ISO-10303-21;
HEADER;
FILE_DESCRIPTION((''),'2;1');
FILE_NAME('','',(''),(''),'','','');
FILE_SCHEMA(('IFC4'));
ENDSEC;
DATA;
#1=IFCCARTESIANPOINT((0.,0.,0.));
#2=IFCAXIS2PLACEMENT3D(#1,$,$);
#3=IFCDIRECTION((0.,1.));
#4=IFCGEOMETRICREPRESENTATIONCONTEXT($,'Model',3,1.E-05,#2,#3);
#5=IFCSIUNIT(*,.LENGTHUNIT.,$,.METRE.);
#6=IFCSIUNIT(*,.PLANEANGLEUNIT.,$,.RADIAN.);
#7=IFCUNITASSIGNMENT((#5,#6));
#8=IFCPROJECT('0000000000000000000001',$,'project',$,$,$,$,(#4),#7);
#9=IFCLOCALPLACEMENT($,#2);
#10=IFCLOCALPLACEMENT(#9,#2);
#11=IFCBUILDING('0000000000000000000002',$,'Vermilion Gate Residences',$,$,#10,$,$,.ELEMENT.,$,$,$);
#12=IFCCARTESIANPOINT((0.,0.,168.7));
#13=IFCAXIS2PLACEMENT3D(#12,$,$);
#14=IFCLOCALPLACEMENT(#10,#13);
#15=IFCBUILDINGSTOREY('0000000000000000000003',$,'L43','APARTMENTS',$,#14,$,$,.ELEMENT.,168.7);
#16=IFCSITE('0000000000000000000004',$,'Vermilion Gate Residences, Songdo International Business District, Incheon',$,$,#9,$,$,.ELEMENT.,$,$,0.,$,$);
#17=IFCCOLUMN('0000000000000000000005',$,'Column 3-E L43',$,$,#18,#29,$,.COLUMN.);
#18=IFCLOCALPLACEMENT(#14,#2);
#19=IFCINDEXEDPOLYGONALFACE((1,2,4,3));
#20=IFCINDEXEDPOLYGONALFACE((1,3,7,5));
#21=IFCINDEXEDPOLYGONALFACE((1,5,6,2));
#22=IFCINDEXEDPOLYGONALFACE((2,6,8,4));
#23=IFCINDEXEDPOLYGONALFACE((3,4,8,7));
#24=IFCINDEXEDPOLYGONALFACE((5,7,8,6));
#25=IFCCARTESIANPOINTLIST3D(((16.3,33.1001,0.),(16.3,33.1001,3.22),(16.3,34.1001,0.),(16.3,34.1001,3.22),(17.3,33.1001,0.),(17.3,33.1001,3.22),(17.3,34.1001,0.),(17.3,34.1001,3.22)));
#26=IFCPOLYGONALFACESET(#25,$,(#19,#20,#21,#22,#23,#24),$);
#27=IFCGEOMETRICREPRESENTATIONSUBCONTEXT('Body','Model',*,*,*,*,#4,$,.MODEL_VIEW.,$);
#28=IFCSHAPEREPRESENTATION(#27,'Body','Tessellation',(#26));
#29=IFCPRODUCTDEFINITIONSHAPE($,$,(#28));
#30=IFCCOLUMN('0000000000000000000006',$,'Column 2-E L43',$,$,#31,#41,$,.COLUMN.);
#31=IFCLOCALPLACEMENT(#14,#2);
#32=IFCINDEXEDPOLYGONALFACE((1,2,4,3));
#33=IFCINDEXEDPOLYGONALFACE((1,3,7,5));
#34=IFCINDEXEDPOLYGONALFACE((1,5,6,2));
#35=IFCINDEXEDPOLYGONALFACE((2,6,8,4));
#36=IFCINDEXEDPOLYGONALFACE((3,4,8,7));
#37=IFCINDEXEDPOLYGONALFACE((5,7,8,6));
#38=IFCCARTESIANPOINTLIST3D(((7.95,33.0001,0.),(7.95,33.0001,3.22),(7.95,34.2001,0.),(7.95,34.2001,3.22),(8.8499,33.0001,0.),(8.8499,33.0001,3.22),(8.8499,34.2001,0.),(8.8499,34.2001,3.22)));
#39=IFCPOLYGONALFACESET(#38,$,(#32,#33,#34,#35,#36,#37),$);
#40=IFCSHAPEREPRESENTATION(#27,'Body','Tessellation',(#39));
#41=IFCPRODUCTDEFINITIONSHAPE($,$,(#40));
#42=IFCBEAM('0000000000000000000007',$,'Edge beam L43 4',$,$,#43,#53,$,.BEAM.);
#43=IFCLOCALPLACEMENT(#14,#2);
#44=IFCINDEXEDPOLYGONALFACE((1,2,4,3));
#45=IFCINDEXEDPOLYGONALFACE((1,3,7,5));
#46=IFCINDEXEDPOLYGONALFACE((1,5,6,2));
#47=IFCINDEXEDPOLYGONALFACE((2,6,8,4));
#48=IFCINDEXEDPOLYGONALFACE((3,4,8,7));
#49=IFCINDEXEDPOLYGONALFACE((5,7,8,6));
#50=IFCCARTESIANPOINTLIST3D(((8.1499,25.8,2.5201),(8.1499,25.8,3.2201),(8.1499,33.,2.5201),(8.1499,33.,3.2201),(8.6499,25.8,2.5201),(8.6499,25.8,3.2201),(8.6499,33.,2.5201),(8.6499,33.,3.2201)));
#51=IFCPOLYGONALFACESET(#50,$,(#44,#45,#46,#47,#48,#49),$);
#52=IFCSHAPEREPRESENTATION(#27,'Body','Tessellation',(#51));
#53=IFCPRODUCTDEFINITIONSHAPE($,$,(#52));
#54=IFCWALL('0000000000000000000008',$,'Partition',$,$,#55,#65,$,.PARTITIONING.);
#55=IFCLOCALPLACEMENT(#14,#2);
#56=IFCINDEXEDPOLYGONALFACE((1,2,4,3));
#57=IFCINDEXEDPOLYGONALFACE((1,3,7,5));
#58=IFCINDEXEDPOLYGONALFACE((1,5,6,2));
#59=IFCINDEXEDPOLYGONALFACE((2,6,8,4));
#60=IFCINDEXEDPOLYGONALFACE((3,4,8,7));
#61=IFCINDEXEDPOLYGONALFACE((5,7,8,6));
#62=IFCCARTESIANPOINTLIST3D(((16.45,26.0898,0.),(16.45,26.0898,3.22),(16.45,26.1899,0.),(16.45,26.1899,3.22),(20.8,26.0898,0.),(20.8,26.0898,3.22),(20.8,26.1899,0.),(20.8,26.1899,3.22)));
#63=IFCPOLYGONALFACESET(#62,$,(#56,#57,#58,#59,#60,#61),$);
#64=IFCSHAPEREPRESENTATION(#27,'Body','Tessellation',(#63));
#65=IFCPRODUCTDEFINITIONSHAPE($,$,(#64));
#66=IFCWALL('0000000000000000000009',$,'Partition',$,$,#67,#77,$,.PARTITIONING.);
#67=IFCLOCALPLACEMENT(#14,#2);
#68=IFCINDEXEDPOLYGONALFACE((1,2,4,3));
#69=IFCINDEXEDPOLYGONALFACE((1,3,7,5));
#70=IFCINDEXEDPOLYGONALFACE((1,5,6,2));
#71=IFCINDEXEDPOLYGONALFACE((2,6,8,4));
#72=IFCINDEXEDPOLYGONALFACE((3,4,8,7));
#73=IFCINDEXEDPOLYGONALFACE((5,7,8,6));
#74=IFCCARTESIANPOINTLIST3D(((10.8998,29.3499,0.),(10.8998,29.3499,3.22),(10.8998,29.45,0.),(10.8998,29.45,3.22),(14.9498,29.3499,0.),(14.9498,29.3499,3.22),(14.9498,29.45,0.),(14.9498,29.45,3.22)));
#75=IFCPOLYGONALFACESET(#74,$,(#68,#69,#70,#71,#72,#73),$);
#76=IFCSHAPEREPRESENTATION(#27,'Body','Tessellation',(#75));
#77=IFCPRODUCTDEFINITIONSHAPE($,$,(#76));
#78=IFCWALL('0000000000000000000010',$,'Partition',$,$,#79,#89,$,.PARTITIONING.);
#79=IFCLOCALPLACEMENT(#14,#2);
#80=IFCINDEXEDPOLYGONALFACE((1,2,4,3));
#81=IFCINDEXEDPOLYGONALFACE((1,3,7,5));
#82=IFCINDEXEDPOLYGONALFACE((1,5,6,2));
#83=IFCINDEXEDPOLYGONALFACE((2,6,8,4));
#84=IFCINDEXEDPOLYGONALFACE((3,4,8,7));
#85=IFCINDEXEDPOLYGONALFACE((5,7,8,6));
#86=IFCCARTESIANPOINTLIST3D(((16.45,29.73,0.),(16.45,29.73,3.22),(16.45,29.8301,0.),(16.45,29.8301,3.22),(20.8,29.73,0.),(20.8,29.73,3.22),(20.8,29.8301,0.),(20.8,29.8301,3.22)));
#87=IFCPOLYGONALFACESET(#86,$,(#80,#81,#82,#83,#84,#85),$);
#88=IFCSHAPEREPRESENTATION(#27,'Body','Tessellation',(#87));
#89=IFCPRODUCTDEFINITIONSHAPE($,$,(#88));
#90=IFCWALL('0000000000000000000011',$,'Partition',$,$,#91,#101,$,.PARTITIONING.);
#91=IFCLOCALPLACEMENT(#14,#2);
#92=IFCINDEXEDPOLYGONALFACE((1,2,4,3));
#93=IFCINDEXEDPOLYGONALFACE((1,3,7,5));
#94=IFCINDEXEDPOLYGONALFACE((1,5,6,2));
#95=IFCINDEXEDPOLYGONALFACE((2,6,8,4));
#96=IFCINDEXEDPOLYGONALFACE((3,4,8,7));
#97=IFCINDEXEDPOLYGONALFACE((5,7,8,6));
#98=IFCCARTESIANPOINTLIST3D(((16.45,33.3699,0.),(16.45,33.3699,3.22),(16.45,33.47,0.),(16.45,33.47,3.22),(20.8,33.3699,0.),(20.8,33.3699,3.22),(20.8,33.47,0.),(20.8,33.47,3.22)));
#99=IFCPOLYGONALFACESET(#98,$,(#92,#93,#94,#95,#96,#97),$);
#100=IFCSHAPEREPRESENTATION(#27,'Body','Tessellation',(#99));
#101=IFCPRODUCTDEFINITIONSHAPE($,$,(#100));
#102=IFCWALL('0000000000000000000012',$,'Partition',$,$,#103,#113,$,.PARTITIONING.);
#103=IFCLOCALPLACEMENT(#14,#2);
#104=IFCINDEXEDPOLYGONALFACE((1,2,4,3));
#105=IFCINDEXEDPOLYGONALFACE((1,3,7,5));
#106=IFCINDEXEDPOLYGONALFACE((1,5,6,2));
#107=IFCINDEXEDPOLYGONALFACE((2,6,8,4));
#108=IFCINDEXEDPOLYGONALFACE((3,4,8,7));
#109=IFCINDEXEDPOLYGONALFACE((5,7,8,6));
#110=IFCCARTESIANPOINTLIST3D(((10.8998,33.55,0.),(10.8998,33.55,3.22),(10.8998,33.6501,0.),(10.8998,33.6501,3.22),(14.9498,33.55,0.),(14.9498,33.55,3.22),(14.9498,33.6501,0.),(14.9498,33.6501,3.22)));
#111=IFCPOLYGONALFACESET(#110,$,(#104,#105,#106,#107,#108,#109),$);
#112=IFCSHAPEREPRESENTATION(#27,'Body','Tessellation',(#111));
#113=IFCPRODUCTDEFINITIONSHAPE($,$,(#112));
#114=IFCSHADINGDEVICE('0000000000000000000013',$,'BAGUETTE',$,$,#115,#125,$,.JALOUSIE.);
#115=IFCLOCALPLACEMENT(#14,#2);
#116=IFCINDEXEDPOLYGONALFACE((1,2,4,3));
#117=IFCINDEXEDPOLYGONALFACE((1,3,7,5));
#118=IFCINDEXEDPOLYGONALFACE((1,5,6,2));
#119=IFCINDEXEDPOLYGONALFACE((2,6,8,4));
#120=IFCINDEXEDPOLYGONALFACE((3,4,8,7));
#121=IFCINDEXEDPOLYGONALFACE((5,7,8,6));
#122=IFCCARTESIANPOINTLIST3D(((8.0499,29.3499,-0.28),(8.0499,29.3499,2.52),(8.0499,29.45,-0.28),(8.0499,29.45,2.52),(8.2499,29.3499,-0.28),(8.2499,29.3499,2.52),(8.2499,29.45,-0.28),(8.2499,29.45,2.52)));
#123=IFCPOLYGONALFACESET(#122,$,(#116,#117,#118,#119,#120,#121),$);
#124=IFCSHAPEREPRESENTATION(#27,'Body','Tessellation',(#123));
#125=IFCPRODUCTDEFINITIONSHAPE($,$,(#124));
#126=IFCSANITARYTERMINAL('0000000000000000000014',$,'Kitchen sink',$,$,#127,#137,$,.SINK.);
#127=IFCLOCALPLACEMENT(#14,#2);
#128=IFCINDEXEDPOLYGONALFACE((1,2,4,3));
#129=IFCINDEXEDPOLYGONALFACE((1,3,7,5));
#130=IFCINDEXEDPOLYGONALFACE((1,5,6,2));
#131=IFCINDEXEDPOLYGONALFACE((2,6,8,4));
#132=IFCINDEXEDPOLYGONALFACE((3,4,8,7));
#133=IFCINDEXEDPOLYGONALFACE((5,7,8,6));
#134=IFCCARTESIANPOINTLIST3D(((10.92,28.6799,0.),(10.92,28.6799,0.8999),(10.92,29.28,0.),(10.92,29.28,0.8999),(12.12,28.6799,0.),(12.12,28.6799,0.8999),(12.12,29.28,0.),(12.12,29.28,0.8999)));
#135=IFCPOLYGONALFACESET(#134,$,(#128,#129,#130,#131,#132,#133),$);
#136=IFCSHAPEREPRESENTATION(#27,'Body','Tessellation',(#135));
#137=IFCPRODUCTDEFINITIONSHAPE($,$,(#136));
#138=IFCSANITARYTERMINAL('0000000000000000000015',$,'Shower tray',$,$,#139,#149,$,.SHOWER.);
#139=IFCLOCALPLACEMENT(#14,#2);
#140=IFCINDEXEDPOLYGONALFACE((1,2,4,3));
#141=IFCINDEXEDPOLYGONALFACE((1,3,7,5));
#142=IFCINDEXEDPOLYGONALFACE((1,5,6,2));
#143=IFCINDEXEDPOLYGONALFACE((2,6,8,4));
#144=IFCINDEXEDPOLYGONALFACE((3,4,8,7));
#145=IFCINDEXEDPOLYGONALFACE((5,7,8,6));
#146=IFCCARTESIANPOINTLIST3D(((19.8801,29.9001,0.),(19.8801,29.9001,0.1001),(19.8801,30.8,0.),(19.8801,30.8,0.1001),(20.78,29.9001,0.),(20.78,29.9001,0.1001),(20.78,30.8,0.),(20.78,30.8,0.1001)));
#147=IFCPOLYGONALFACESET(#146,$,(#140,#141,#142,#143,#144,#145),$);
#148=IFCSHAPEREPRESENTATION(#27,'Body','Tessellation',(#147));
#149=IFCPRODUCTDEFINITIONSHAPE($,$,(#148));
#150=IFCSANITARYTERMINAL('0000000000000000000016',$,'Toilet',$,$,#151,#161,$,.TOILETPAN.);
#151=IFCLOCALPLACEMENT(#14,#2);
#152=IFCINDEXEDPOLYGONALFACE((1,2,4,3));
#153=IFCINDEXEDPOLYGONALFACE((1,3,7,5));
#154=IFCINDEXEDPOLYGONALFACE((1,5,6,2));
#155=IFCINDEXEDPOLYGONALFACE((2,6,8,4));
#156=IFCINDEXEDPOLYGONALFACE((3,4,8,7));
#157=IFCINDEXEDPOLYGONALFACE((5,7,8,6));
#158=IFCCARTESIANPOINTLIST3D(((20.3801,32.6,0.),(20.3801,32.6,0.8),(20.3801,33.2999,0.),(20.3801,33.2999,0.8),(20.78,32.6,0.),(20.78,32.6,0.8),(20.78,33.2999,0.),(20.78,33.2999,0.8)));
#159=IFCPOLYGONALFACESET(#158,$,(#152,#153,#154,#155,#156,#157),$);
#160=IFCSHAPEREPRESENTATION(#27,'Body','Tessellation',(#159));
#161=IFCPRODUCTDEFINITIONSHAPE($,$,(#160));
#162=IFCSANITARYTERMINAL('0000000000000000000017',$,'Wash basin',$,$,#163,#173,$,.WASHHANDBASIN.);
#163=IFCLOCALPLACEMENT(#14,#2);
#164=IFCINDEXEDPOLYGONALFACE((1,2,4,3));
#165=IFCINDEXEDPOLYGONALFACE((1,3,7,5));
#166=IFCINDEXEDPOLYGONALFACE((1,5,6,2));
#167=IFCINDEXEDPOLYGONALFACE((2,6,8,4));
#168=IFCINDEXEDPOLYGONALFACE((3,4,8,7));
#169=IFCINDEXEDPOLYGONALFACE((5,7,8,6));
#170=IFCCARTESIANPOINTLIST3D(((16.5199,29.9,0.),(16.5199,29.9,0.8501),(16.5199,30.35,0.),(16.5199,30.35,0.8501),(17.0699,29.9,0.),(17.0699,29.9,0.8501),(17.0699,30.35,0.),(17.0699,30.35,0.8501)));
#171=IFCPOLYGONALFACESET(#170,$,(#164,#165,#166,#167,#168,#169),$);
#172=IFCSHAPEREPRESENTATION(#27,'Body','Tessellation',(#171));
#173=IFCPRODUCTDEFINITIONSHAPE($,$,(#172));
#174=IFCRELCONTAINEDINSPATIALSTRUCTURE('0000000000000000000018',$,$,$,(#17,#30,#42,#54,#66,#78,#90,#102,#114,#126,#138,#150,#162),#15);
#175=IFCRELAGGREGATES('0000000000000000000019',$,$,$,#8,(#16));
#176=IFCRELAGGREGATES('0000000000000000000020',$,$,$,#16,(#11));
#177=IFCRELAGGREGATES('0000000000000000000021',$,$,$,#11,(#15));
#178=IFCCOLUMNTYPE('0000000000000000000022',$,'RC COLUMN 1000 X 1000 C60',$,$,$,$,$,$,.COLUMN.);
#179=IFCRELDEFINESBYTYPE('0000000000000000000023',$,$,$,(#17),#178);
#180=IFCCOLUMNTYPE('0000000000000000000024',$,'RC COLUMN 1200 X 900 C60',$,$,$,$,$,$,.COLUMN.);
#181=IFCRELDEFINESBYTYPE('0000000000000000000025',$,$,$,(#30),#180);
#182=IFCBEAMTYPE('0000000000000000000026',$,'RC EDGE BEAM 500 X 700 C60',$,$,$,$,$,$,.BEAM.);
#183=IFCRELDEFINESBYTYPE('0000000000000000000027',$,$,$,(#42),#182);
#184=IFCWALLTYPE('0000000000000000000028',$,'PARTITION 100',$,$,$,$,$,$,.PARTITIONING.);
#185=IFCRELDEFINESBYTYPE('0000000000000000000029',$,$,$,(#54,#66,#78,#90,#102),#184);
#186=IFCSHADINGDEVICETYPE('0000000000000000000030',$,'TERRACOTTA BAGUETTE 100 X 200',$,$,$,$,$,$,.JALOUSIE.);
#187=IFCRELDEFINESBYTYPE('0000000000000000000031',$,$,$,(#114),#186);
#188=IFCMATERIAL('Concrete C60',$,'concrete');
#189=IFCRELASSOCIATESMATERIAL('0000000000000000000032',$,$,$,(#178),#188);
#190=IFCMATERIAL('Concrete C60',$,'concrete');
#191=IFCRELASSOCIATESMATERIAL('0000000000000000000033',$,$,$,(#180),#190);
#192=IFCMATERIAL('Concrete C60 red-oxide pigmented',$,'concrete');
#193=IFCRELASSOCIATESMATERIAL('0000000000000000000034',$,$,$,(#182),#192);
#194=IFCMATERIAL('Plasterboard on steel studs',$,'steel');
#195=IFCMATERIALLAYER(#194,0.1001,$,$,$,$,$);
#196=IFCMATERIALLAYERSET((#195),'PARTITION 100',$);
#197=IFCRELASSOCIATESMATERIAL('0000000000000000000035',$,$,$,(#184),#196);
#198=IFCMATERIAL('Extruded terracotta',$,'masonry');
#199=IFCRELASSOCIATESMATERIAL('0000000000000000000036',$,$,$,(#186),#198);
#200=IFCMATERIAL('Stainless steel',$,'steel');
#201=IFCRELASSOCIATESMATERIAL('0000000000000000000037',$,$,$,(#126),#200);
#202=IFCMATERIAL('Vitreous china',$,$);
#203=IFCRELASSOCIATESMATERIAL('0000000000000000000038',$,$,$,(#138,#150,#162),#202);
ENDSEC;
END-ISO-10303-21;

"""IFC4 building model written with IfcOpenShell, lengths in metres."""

from ifc_helpers import new_model, si_unit, direction, frame, frame_2d, origin, origin_2d, place, context, subcontext, project, spatial, rectangle, extrude, material, layer, layer_set, material_profile, profile_set, type_object, element, save


model = new_model("IFC4")

# Units and contexts
model_context = context("Model", 3, precision=1e-05, world=origin(), true_north=direction((0.0, 1.0)))
body_context = subcontext(model_context, "Body", "Model", "MODEL_VIEW")
ifc_project = project(units=[si_unit("LENGTHUNIT", "METRE"), si_unit("PLANEANGLEUNIT", "RADIAN")], contexts=[model_context])

# Site, building, storey
site_placement = place(None, origin())
site = spatial("IfcSite", under=ifc_project, at=site_placement, Name="Vermilion Gate Residences, Songdo International Business District, Incheon", CompositionType="ELEMENT", RefElevation=0.0)
building_placement = place(site_placement, origin())
building = spatial("IfcBuilding", under=site, at=building_placement, Name="Vermilion Gate Residences", CompositionType="ELEMENT")
storey_placement = place(building_placement, frame((0.0, 0.0, 168.7)))
storey = spatial("IfcBuildingStorey", under=building, at=storey_placement, Name="L43", Description="APARTMENTS", CompositionType="ELEMENT", Elevation=168.7)

# Columns
ifc_material_1 = material(Name="Concrete C60", Category="concrete")
ifc_material_profile_1 = material_profile(ifc_material_1, rectangle(XDim=1.0, YDim=1.0, at=origin_2d()), Name="RC-1000x1000")
ifc_profile_set_1 = profile_set([ifc_material_profile_1], Name="Concrete C60")
column_type_1 = type_object("IfcColumnType", Name="RC COLUMN 1000 X 1000 C60", PredefinedType="COLUMN", material=ifc_profile_set_1)
column_1_placement = place(storey_placement, frame((16.8, 33.6001, 0.0), z_axis=(0.0, 0.0, 1.0), x_axis=(1.0, 0.0, 0.0)))
element("IfcColumn", 1, at=column_1_placement, inside=storey, type_object=column_type_1, Name="Column 3-E L43", PredefinedType="COLUMN", context=body_context, shape_type="SweptSolid", body=[
    extrude(rectangle(XDim=1.0, YDim=1.0, at=origin_2d()), origin(), (0.0, 0.0, 1.0), 3.22),
])
ifc_material_2 = material(Name="Concrete C60", Category="concrete")
ifc_material_profile_2 = material_profile(ifc_material_2, rectangle(XDim=1.2, YDim=0.8999, at=origin_2d()), Name="RC-1200x900")
ifc_profile_set_2 = profile_set([ifc_material_profile_2], Name="Concrete C60")
column_type_2 = type_object("IfcColumnType", Name="RC COLUMN 1200 X 900 C60", PredefinedType="COLUMN", material=ifc_profile_set_2)
column_2_placement = place(storey_placement, frame((8.3999, 33.6001, 0.0), z_axis=(0.0, 0.0, 1.0), x_axis=(0.0, 1.0, 0.0)))
element("IfcColumn", 2, at=column_2_placement, inside=storey, type_object=column_type_2, Name="Column 2-E L43", PredefinedType="COLUMN", context=body_context, shape_type="SweptSolid", body=[
    extrude(rectangle(XDim=1.2, YDim=0.8999, at=origin_2d()), origin(), (0.0, 0.0, 1.0), 3.22),
])

# Beam
ifc_material_3 = material(Name="Concrete C60 red-oxide pigmented", Category="concrete")
ifc_material_profile_3 = material_profile(ifc_material_3, rectangle(XDim=0.5, YDim=0.7, at=origin_2d()), Name="RC-500x700")
ifc_profile_set_3 = profile_set([ifc_material_profile_3], Name="Concrete C60 red-oxide pigmented")
beam_type = type_object("IfcBeamType", Name="RC EDGE BEAM 500 X 700 C60", PredefinedType="BEAM", material=ifc_profile_set_3)
beam_placement = place(storey_placement, frame((8.3999, 25.8, 2.8701), z_axis=(0.0, 1.0, 0.0), x_axis=(-1.0, 0.0, 0.0)))
element("IfcBeam", 3, at=beam_placement, inside=storey, type_object=beam_type, Name="Edge beam L43 4", PredefinedType="BEAM", context=body_context, shape_type="SweptSolid", body=[
    extrude(rectangle(XDim=0.5, YDim=0.7, at=origin_2d()), origin(), (0.0, 0.0, 1.0), 7.2),
])

# Walls
ifc_material_4 = material(Name="Plasterboard on steel studs", Category="steel")
ifc_layer = layer(ifc_material_4, 0.1001)
ifc_layer_set = layer_set([ifc_layer], Name="PARTITION 100")
wall_type = type_object("IfcWallType", Name="PARTITION 100", PredefinedType="PARTITIONING", material=ifc_layer_set)
wall_1_placement = place(storey_placement, frame((16.45, 26.1399, 0.0), z_axis=(0.0, 0.0, 1.0), x_axis=(1.0, 0.0, 0.0)))
element("IfcWall", 4, at=wall_1_placement, inside=storey, type_object=wall_type, Name="Partition", PredefinedType="PARTITIONING", context=body_context, shape_type="SweptSolid", body=[
    extrude(rectangle(XDim=4.3501, YDim=0.1001, at=frame_2d((2.175, 0.0))), origin(), (0.0, 0.0, 1.0), 3.22),
])
wall_2_placement = place(storey_placement, frame((10.8999, 29.3999, 0.0), z_axis=(0.0, 0.0, 1.0), x_axis=(1.0, 0.0, 0.0)))
element("IfcWall", 5, at=wall_2_placement, inside=storey, type_object=wall_type, Name="Partition", PredefinedType="PARTITIONING", context=body_context, shape_type="SweptSolid", body=[
    extrude(rectangle(XDim=4.05, YDim=0.1001, at=frame_2d((2.0249, 0.0))), origin(), (0.0, 0.0, 1.0), 3.22),
])
for number, where, z_axis, x_axis, name in (
    (6, (16.45, 29.78, 0.0), (0.0, 0.0, 1.0), (1.0, 0.0, 0.0), "Partition"),
    (7, (16.45, 33.4199, 0.0), (0.0, 0.0, 1.0), (1.0, 0.0, 0.0), "Partition"),
):
    element("IfcWall", number, at=place(storey_placement, frame(where, z_axis=z_axis, x_axis=x_axis)), inside=storey, type_object=wall_type, Name=name, PredefinedType="PARTITIONING", context=body_context, shape_type="SweptSolid", body=[
        extrude(rectangle(XDim=4.3501, YDim=0.1001, at=frame_2d((2.175, 0.0))), origin(), (0.0, 0.0, 1.0), 3.22),
    ])
wall_3_placement = place(storey_placement, frame((10.8999, 33.6001, 0.0), z_axis=(0.0, 0.0, 1.0), x_axis=(1.0, 0.0, 0.0)))
element("IfcWall", 8, at=wall_3_placement, inside=storey, type_object=wall_type, Name="Partition", PredefinedType="PARTITIONING", context=body_context, shape_type="SweptSolid", body=[
    extrude(rectangle(XDim=4.05, YDim=0.1001, at=frame_2d((2.0249, 0.0))), origin(), (0.0, 0.0, 1.0), 3.22),
])

# Shading device
ifc_material_5 = material(Name="Extruded terracotta", Category="masonry")
ifc_material_profile_4 = material_profile(ifc_material_5, rectangle(XDim=0.2, YDim=0.1001, at=origin_2d()), Name="BAGUETTE 100 X 200")
ifc_profile_set_4 = profile_set([ifc_material_profile_4], Name="Extruded terracotta")
shading_device_type = type_object("IfcShadingDeviceType", Name="TERRACOTTA BAGUETTE 100 X 200", PredefinedType="JALOUSIE", material=ifc_profile_set_4)
shading_device_placement = place(storey_placement, frame((8.1499, 29.3999, -0.28), z_axis=(0.0, 0.0, 1.0), x_axis=(1.0, 0.0, 0.0)))
element("IfcShadingDevice", 9, at=shading_device_placement, inside=storey, type_object=shading_device_type, Name="BAGUETTE", PredefinedType="JALOUSIE", context=body_context, shape_type="SweptSolid", body=[
    extrude(rectangle(XDim=0.2, YDim=0.1001, at=origin_2d()), origin(), (0.0, 0.0, 1.0), 2.8),
])

# Sanitary terminals
ifc_material_6 = material(Name="Stainless steel", Category="steel")
sanitary_terminal_1_placement = place(storey_placement, frame((11.52, 28.98, 0.0), z_axis=(0.0, 0.0, 1.0), x_axis=(1.0, 0.0, 0.0)))
element("IfcSanitaryTerminal", 10, at=sanitary_terminal_1_placement, inside=storey, material=ifc_material_6, Name="Kitchen sink", PredefinedType="SINK", context=body_context, shape_type="SweptSolid", body=[
    extrude(rectangle(XDim=1.2, YDim=0.6001, at=origin_2d()), origin(), (0.0, 0.0, 1.0), 0.8999),
])
ifc_material_7 = material(Name="Vitreous china")
sanitary_terminal_2_placement = place(storey_placement, frame((20.3301, 30.3501, 0.0), z_axis=(0.0, 0.0, 1.0), x_axis=(1.0, 0.0, 0.0)))
element("IfcSanitaryTerminal", 11, at=sanitary_terminal_2_placement, inside=storey, material=ifc_material_7, Name="Shower tray", PredefinedType="SHOWER", context=body_context, shape_type="SweptSolid", body=[
    extrude(rectangle(XDim=0.8999, YDim=0.8999, at=origin_2d()), origin(), (0.0, 0.0, 1.0), 0.1001),
])
sanitary_terminal_3_placement = place(storey_placement, frame((20.5801, 32.95, 0.0), z_axis=(0.0, 0.0, 1.0), x_axis=(1.0, 0.0, 0.0)))
element("IfcSanitaryTerminal", 12, at=sanitary_terminal_3_placement, inside=storey, material=ifc_material_7, Name="Toilet", PredefinedType="TOILETPAN", context=body_context, shape_type="SweptSolid", body=[
    extrude(rectangle(XDim=0.3999, YDim=0.7, at=origin_2d()), origin(), (0.0, 0.0, 1.0), 0.8),
])
sanitary_terminal_4_placement = place(storey_placement, frame((16.7949, 30.125, 0.0), z_axis=(0.0, 0.0, 1.0), x_axis=(1.0, 0.0, 0.0)))
element("IfcSanitaryTerminal", 13, at=sanitary_terminal_4_placement, inside=storey, material=ifc_material_7, Name="Wash basin", PredefinedType="WASHHANDBASIN", context=body_context, shape_type="SweptSolid", body=[
    extrude(rectangle(XDim=0.55, YDim=0.45, at=origin_2d()), origin(), (0.0, 0.0, 1.0), 0.8501),
])

save(model, "model.ifc")
